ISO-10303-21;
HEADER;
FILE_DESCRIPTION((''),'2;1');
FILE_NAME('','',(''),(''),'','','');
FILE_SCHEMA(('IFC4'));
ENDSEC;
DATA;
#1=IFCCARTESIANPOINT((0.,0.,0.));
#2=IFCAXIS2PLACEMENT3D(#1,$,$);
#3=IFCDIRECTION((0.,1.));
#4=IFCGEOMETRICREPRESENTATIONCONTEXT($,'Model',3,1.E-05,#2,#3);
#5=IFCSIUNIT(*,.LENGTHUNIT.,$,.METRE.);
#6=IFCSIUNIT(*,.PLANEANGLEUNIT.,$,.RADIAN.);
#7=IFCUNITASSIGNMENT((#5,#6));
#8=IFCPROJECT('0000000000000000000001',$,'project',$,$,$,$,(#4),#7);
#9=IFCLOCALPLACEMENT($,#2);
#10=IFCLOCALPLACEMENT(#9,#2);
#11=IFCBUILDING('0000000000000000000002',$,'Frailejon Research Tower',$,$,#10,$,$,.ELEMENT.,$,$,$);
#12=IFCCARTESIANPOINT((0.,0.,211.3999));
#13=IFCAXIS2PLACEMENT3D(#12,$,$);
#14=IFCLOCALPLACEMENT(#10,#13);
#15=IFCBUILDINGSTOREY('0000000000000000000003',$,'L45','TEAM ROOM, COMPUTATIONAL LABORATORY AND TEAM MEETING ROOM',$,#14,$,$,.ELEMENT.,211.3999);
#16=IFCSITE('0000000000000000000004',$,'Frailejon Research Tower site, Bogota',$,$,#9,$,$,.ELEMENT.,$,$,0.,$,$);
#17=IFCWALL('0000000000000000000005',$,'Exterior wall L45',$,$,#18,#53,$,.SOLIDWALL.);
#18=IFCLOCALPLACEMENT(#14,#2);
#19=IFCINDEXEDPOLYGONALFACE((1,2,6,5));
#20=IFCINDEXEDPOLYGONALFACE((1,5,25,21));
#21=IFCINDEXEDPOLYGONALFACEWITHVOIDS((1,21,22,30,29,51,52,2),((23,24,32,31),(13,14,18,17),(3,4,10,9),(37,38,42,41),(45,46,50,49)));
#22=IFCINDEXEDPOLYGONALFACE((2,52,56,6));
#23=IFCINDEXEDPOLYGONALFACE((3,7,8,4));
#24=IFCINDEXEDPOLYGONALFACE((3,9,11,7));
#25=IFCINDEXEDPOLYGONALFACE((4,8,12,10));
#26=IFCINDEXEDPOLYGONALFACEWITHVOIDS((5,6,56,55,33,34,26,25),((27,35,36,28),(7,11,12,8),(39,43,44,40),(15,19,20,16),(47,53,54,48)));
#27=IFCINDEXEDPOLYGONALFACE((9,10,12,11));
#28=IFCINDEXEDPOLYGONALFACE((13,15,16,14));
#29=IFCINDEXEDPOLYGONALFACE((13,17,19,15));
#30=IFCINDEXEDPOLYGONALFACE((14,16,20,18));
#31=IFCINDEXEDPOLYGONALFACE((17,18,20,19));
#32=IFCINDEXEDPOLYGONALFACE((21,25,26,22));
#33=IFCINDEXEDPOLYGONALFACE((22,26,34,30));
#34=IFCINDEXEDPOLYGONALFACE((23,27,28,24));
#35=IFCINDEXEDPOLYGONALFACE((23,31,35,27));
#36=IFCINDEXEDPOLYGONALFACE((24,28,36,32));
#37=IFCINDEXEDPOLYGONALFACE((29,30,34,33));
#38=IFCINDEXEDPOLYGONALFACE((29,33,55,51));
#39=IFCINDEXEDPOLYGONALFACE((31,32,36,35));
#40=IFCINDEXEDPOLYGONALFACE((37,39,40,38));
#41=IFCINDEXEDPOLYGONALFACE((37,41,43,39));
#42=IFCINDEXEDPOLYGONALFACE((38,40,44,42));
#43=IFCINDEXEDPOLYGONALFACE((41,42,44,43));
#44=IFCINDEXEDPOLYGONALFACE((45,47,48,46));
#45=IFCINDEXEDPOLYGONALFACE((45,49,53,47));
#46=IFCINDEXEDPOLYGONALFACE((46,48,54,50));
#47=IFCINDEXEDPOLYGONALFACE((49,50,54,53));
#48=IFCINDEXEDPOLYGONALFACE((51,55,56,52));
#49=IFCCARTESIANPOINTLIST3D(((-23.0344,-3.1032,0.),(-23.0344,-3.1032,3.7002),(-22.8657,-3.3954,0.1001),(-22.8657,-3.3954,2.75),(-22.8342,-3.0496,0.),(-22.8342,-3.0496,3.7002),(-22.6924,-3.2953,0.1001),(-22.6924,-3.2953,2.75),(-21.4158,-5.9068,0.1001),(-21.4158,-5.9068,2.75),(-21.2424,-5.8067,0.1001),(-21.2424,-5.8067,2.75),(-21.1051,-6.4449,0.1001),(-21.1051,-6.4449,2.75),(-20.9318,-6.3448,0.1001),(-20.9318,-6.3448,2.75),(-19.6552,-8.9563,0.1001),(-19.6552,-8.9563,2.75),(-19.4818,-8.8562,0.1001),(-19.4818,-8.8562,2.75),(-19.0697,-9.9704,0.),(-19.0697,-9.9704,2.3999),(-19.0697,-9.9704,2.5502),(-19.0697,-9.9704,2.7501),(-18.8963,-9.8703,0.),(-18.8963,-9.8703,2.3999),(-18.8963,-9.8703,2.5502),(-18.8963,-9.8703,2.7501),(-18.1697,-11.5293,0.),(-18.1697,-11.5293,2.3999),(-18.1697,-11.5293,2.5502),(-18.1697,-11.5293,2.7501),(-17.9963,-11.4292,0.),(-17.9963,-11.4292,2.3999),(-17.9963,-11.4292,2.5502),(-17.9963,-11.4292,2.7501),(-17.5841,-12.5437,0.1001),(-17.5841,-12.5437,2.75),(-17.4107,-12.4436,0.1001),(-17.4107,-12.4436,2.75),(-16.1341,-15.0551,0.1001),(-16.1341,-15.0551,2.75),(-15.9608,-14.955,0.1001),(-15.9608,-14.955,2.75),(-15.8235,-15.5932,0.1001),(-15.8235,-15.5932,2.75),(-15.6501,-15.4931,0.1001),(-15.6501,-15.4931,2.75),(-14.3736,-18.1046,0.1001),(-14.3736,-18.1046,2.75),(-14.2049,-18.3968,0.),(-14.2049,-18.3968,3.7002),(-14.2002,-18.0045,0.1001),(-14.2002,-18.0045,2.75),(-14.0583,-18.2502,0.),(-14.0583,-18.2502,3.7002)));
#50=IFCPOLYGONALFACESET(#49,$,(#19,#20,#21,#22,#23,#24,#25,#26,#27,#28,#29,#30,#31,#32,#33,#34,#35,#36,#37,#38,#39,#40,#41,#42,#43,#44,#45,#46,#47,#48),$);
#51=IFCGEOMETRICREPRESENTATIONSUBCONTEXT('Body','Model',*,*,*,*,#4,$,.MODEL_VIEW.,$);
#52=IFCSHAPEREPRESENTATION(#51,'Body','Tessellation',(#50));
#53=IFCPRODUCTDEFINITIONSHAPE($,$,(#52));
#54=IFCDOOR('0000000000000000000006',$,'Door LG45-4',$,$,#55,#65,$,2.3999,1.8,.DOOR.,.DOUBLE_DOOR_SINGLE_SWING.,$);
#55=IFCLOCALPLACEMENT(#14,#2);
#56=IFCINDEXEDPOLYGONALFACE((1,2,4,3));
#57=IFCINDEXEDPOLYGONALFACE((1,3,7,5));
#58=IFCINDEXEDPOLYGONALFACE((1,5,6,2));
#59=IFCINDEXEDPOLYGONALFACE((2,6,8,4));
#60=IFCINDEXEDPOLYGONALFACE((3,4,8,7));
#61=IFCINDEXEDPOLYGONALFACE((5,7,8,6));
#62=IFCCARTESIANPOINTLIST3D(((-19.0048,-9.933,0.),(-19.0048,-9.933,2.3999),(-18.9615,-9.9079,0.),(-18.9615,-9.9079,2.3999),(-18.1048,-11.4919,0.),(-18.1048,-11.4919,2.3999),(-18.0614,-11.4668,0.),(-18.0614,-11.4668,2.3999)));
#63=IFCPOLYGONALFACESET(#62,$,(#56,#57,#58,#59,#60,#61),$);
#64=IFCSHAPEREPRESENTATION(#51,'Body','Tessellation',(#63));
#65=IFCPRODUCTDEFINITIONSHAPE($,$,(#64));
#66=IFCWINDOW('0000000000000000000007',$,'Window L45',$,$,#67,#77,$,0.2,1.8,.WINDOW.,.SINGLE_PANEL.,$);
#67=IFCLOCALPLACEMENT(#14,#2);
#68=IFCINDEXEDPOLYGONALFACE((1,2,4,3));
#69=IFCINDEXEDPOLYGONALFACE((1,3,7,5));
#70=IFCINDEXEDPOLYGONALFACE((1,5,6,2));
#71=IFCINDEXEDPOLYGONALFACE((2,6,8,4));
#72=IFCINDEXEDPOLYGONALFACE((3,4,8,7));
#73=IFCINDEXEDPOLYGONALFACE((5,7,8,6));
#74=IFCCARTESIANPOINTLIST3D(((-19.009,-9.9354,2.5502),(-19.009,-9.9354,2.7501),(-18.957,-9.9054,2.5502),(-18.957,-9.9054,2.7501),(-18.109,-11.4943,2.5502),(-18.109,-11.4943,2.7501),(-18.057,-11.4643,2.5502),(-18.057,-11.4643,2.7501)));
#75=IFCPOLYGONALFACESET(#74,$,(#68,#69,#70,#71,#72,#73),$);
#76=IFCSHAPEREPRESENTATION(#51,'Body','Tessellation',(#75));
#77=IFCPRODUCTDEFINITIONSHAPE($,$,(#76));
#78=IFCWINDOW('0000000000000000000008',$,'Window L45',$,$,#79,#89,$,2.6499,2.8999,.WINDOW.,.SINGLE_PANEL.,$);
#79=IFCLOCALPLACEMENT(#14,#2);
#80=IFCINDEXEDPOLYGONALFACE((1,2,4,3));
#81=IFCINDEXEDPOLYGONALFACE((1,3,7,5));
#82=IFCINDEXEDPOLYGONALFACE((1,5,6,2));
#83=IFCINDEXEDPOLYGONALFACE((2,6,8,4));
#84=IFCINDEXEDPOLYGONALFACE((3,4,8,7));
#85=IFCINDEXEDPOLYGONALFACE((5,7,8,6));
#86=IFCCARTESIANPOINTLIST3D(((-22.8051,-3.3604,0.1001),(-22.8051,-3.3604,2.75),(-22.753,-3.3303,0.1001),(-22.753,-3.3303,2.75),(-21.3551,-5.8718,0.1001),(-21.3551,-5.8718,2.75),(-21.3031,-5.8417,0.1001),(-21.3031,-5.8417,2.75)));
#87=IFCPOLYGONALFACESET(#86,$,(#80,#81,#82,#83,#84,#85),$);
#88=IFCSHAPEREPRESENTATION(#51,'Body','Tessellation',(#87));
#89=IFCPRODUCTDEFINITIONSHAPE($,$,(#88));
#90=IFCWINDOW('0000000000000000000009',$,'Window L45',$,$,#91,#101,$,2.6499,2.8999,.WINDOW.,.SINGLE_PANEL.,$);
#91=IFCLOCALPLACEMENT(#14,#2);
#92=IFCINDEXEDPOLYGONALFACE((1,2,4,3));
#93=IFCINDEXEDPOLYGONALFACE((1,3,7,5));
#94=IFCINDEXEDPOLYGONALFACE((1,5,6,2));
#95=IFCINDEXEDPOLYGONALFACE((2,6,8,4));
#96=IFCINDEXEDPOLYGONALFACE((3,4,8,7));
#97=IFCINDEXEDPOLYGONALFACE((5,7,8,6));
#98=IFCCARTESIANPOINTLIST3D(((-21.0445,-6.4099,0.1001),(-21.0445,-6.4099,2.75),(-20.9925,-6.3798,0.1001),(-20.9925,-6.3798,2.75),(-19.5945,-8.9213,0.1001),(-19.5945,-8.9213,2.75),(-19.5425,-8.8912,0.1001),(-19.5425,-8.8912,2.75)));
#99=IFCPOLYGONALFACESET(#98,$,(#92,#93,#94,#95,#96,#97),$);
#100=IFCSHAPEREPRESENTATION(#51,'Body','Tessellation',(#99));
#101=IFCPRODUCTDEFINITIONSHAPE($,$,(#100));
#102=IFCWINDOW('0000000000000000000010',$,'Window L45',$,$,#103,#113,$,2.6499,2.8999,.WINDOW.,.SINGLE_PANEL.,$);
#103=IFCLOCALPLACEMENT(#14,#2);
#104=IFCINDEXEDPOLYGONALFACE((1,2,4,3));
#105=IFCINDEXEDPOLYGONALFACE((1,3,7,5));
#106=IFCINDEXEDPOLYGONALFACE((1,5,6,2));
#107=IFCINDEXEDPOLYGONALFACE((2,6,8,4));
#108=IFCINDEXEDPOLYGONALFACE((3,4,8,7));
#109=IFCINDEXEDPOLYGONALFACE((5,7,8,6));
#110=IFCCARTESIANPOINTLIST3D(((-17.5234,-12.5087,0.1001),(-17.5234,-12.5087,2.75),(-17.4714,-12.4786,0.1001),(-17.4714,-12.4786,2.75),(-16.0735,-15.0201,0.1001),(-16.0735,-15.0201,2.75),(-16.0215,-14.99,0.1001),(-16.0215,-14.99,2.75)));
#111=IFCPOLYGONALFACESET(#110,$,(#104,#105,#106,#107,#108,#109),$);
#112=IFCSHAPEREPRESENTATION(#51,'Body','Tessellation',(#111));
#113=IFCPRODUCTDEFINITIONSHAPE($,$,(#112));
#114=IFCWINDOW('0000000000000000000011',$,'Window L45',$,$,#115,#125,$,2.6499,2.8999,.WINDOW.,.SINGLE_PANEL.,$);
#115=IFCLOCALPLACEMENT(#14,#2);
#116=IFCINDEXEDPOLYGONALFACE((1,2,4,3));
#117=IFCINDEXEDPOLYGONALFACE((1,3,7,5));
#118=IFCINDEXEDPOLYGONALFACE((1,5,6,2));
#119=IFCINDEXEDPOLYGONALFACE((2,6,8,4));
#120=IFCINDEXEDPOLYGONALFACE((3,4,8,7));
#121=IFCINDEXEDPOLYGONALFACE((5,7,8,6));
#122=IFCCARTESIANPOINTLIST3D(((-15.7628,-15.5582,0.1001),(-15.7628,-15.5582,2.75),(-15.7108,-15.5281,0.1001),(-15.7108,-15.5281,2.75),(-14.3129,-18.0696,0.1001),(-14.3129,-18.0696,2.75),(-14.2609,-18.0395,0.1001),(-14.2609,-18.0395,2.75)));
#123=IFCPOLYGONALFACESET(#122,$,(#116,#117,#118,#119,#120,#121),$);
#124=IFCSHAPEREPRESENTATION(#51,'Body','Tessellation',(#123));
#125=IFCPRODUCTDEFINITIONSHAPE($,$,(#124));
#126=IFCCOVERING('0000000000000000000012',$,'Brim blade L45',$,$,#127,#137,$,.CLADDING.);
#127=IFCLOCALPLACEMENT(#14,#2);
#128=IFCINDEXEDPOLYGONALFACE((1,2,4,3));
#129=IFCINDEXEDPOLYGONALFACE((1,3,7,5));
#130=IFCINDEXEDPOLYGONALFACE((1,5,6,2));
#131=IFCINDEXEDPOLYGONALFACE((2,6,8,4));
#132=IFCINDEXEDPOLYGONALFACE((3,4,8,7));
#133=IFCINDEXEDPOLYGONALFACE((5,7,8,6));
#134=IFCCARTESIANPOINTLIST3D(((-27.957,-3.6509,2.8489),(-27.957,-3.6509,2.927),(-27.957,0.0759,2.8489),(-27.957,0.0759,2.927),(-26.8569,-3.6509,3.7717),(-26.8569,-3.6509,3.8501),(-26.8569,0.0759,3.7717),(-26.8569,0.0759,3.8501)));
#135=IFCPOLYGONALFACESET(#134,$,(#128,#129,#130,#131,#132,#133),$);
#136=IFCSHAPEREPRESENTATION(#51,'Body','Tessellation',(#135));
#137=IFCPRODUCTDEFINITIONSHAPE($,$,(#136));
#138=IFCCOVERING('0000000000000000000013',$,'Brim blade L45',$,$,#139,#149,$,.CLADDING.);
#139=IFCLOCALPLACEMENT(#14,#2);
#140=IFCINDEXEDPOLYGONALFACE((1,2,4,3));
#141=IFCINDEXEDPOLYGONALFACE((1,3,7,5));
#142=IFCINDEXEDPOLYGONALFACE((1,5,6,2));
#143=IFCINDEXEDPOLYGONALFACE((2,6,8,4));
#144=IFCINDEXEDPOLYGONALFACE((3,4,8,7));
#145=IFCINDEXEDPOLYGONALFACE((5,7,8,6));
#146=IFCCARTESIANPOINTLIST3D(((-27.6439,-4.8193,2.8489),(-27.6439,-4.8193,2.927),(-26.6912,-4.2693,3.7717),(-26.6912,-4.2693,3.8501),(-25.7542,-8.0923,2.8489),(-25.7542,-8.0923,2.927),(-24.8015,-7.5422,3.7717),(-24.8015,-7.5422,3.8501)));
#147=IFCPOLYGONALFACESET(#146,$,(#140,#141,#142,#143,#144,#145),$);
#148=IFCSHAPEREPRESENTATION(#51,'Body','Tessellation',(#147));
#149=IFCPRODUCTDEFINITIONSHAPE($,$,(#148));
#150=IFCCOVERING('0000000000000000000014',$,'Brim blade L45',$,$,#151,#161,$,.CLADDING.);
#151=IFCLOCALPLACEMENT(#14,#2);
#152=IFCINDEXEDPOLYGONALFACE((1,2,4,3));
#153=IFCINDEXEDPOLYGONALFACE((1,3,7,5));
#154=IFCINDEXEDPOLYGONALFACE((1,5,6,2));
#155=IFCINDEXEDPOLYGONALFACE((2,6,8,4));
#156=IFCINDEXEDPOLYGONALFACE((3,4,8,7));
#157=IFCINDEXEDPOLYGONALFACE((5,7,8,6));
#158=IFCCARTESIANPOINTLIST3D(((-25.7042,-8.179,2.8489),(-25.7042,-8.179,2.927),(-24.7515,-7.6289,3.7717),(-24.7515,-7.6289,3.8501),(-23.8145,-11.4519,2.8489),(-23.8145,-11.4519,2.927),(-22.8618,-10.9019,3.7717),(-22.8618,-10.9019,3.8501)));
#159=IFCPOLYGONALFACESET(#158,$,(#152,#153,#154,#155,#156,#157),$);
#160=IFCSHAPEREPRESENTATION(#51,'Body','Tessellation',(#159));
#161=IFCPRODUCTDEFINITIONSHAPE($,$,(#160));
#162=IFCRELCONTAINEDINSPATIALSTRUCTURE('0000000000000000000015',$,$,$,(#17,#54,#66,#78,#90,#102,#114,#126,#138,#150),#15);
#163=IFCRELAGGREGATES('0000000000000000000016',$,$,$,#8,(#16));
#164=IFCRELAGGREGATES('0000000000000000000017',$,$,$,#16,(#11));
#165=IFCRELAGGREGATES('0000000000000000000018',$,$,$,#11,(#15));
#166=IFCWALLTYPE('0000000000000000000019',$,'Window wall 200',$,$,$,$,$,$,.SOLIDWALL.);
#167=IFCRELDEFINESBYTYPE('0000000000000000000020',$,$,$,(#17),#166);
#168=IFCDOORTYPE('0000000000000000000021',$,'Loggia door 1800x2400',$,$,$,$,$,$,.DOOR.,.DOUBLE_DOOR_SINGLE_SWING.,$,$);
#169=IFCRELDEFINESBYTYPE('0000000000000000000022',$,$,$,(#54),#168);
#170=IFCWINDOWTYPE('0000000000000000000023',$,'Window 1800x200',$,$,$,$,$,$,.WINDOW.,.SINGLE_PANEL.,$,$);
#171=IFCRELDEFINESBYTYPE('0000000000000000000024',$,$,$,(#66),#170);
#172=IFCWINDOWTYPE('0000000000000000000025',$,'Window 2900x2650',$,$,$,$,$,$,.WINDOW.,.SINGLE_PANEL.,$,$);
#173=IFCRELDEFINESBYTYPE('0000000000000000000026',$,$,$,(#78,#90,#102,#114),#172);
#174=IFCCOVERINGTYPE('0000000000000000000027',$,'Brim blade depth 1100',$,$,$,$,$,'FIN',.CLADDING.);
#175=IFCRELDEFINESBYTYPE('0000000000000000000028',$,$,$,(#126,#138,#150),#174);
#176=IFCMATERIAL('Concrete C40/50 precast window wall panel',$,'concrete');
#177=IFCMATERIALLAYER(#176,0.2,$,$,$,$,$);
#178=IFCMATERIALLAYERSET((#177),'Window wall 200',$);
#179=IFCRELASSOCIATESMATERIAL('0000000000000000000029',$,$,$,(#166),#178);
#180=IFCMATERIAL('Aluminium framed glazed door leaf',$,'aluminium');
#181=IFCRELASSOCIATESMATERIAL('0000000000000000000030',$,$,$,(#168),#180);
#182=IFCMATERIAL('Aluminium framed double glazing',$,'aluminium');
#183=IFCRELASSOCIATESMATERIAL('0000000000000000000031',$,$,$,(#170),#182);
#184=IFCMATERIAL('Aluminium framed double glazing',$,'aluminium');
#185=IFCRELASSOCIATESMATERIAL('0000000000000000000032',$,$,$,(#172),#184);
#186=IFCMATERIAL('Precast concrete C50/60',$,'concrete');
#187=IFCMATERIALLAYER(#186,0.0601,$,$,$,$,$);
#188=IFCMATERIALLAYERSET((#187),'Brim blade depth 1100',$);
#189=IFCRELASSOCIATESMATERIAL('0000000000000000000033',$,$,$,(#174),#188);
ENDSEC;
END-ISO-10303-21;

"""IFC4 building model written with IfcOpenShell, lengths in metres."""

from ifc_helpers import new_model, si_unit, direction, frame, frame_2d, origin, place, context, subcontext, project, spatial, polyline, rectangle, outline, extrude, material, layer, layer_set, type_object, element, fill, save


model = new_model("IFC4")

# Units and contexts
model_context = context("Model", 3, precision=1e-05, world=origin(), true_north=direction((0.0, 1.0)))
body_context = subcontext(model_context, "Body", "Model", "MODEL_VIEW")
ifc_project = project(units=[si_unit("LENGTHUNIT", "METRE"), si_unit("PLANEANGLEUNIT", "RADIAN")], contexts=[model_context])

# Site, building, storey
site_placement = place(None, origin())
site = spatial("IfcSite", under=ifc_project, at=site_placement, Name="Frailejon Research Tower site, Bogota", CompositionType="ELEMENT", RefElevation=0.0)
building_placement = place(site_placement, origin())
building = spatial("IfcBuilding", under=site, at=building_placement, Name="Frailejon Research Tower", CompositionType="ELEMENT")
storey_placement = place(building_placement, frame((0.0, 0.0, 211.3999)))
storey = spatial("IfcBuildingStorey", under=building, at=storey_placement, Name="L45", Description="TEAM ROOM, COMPUTATIONAL LABORATORY AND TEAM MEETING ROOM", CompositionType="ELEMENT", Elevation=211.3999)

# Wall, openings, door, windows
ifc_material_1 = material(Name="Concrete C40/50 precast window wall panel", Category="concrete")
ifc_layer_1 = layer(ifc_material_1, 0.2)
ifc_layer_set_1 = layer_set([ifc_layer_1], Name="Window wall 200")
wall_type = type_object("IfcWallType", Name="Window wall 200", PredefinedType="SOLIDWALL", material=ifc_layer_set_1)
wall_placement = place(storey_placement, frame((-22.9343, -3.0764, 0.0), z_axis=(0.0, 0.0, 1.0), x_axis=(0.499993, -0.866029, 0.0)))
wall = element("IfcWall", 1, at=wall_placement, inside=storey, type_object=wall_type, Name="Exterior wall L45", PredefinedType="SOLIDWALL", context=body_context, shape_type="SweptSolid", body=[
    extrude(outline(polyline([(-0.0269, -0.1001), (1.012, -0.1001), (2.0508, -0.1001), (3.0896, -0.1001), (4.1284, -0.1001), (5.167, -0.1001), (6.2058, -0.1001), (7.2446, -0.1001), (8.2834, -0.1001), (9.3223, -0.1001), (10.3611, -0.1001), (11.3999, -0.1001), (12.4387, -0.1001), (13.4773, -0.1001), (14.5161, -0.1001), (15.5549, -0.1001), (16.5938, -0.1001), (17.6326, -0.1001), (17.5789, 0.1001), (16.5464, 0.1001), (15.5139, 0.1001), (14.4814, 0.1001), (13.449, 0.1001), (12.4165, 0.1001), (11.384, 0.1001), (10.3516, 0.1001), (9.3191, 0.1001), (8.2866, 0.1001), (7.2542, 0.1001), (6.2217, 0.1001), (5.1892, 0.1001), (4.1567, 0.1001), (3.1243, 0.1001), (2.0918, 0.1001), (1.0593, 0.1001), (0.0269, 0.1001), (-0.0269, -0.1001)])), origin(), (0.0, 0.0, 1.0), 3.7002),
])
opening_1_placement = place(wall_placement, frame((0.3105, 0.0, 0.1001)))
opening_1 = element("IfcOpeningElement", 2, at=opening_1_placement, cuts=wall, PredefinedType="OPENING", context=body_context, shape_type="SweptSolid", body=[
    extrude(rectangle(XDim=2.8999, YDim=2.6499, at=frame_2d((1.45, 1.325))), frame((0.0, 0.1099, 0.0), z_axis=(0.0, -1.0, 0.0), x_axis=(1.0, 0.0, 0.0)), (0.0, 0.0, 1.0), 0.22),
])
opening_2_placement = place(wall_placement, frame((3.8318, 0.0, 0.1001)))
opening_2 = element("IfcOpeningElement", 3, at=opening_2_placement, cuts=wall, PredefinedType="OPENING", context=body_context, shape_type="SweptSolid", body=[
    extrude(rectangle(XDim=2.8999, YDim=2.6499, at=frame_2d((1.45, 1.325))), frame((0.0, 0.1099, 0.0), z_axis=(0.0, -1.0, 0.0), x_axis=(1.0, 0.0, 0.0)), (0.0, 0.0, 1.0), 0.22),
])
opening_3_placement = place(wall_placement, frame((7.9028, 0.0, 0.0)))
opening_3 = element("IfcOpeningElement", 4, at=opening_3_placement, cuts=wall, PredefinedType="OPENING", context=body_context, shape_type="SweptSolid", body=[
    extrude(rectangle(XDim=1.8, YDim=2.3999, at=frame_2d((0.8999, 1.2))), frame((0.0, 0.1099, 0.0), z_axis=(0.0, -1.0, 0.0), x_axis=(1.0, 0.0, 0.0)), (0.0, 0.0, 1.0), 0.22),
])
opening_4_placement = place(wall_placement, frame((7.9028, 0.0, 2.55)))
opening_4 = element("IfcOpeningElement", 5, at=opening_4_placement, cuts=wall, PredefinedType="OPENING", context=body_context, shape_type="SweptSolid", body=[
    extrude(rectangle(XDim=1.8, YDim=0.2, at=frame_2d((0.8999, 0.1001))), frame((0.0, 0.1099, 0.0), z_axis=(0.0, -1.0, 0.0), x_axis=(1.0, 0.0, 0.0)), (0.0, 0.0, 1.0), 0.22),
])
opening_5_placement = place(wall_placement, frame((10.874, 0.0, 0.1001)))
opening_5 = element("IfcOpeningElement", 6, at=opening_5_placement, cuts=wall, PredefinedType="OPENING", context=body_context, shape_type="SweptSolid", body=[
    extrude(rectangle(XDim=2.8999, YDim=2.6499, at=frame_2d((1.45, 1.325))), frame((0.0, 0.1099, 0.0), z_axis=(0.0, -1.0, 0.0), x_axis=(1.0, 0.0, 0.0)), (0.0, 0.0, 1.0), 0.22),
])
opening_6_placement = place(wall_placement, frame((14.3953, 0.0, 0.1001)))
opening_6 = element("IfcOpeningElement", 7, at=opening_6_placement, cuts=wall, PredefinedType="OPENING", context=body_context, shape_type="SweptSolid", body=[
    extrude(rectangle(XDim=2.8999, YDim=2.6499, at=frame_2d((1.45, 1.325))), frame((0.0, 0.1099, 0.0), z_axis=(0.0, -1.0, 0.0), x_axis=(1.0, 0.0, 0.0)), (0.0, 0.0, 1.0), 0.22),
])
ifc_material_2 = material(Name="Aluminium framed glazed door leaf", Category="aluminium")
door_type = type_object("IfcDoorType", Name="Loggia door 1800x2400", OperationType="DOUBLE_DOOR_SINGLE_SWING", PredefinedType="DOOR", material=ifc_material_2)
door_placement = place(opening_3_placement, origin())
door = element("IfcDoor", 8, at=door_placement, inside=storey, type_object=door_type, Name="Door LG45-4", OperationType="DOUBLE_DOOR_SINGLE_SWING", OverallHeight=2.3999, OverallWidth=1.8, PredefinedType="DOOR", context=body_context, shape_type="SweptSolid", body=[
    extrude(rectangle(XDim=1.8, YDim=2.3999, at=frame_2d((0.8999, 1.2))), frame((0.0, 0.0249, 0.0), z_axis=(0.0, -1.0, 0.0), x_axis=(1.0, 0.0, 0.0)), (0.0, 0.0, 1.0), 0.05),
])
fill(opening_3, door)
ifc_material_3 = material(Name="Aluminium framed double glazing", Category="aluminium")
window_type_1 = type_object("IfcWindowType", Name="Window 1800x200", PartitioningType="SINGLE_PANEL", PredefinedType="WINDOW", material=ifc_material_3)
window_1_placement = place(opening_4_placement, origin())
window_1 = element("IfcWindow", 9, at=window_1_placement, inside=storey, type_object=window_type_1, Name="Window L45", OverallHeight=0.2, OverallWidth=1.8, PartitioningType="SINGLE_PANEL", PredefinedType="WINDOW", context=body_context, shape_type="SweptSolid", body=[
    extrude(rectangle(XDim=1.8, YDim=0.2, at=frame_2d((0.8999, 0.1001))), frame((0.0, 0.03, 0.0), z_axis=(0.0, -1.0, 0.0), x_axis=(1.0, 0.0, 0.0)), (0.0, 0.0, 1.0), 0.0601),
])
fill(opening_4, window_1)
ifc_material_4 = material(Name="Aluminium framed double glazing", Category="aluminium")
window_type_2 = type_object("IfcWindowType", Name="Window 2900x2650", PartitioningType="SINGLE_PANEL", PredefinedType="WINDOW", material=ifc_material_4)
window_2_placement = place(opening_1_placement, origin())
window_2 = element("IfcWindow", 10, at=window_2_placement, inside=storey, type_object=window_type_2, Name="Window L45", OverallHeight=2.6499, OverallWidth=2.8999, PartitioningType="SINGLE_PANEL", PredefinedType="WINDOW", context=body_context, shape_type="SweptSolid", body=[
    extrude(rectangle(XDim=2.8999, YDim=2.6499, at=frame_2d((1.45, 1.325))), frame((0.0, 0.03, 0.0), z_axis=(0.0, -1.0, 0.0), x_axis=(1.0, 0.0, 0.0)), (0.0, 0.0, 1.0), 0.0601),
])
fill(opening_1, window_2)
window_3_placement = place(opening_2_placement, origin())
window_3 = element("IfcWindow", 11, at=window_3_placement, inside=storey, type_object=window_type_2, Name="Window L45", OverallHeight=2.6499, OverallWidth=2.8999, PartitioningType="SINGLE_PANEL", PredefinedType="WINDOW", context=body_context, shape_type="SweptSolid", body=[
    extrude(rectangle(XDim=2.8999, YDim=2.6499, at=frame_2d((1.45, 1.325))), frame((0.0, 0.03, 0.0), z_axis=(0.0, -1.0, 0.0), x_axis=(1.0, 0.0, 0.0)), (0.0, 0.0, 1.0), 0.0601),
])
fill(opening_2, window_3)
window_4_placement = place(opening_5_placement, origin())
window_4 = element("IfcWindow", 12, at=window_4_placement, inside=storey, type_object=window_type_2, Name="Window L45", OverallHeight=2.6499, OverallWidth=2.8999, PartitioningType="SINGLE_PANEL", PredefinedType="WINDOW", context=body_context, shape_type="SweptSolid", body=[
    extrude(rectangle(XDim=2.8999, YDim=2.6499, at=frame_2d((1.45, 1.325))), frame((0.0, 0.03, 0.0), z_axis=(0.0, -1.0, 0.0), x_axis=(1.0, 0.0, 0.0)), (0.0, 0.0, 1.0), 0.0601),
])
fill(opening_5, window_4)
window_5_placement = place(opening_6_placement, origin())
window_5 = element("IfcWindow", 13, at=window_5_placement, inside=storey, type_object=window_type_2, Name="Window L45", OverallHeight=2.6499, OverallWidth=2.8999, PartitioningType="SINGLE_PANEL", PredefinedType="WINDOW", context=body_context, shape_type="SweptSolid", body=[
    extrude(rectangle(XDim=2.8999, YDim=2.6499, at=frame_2d((1.45, 1.325))), frame((0.0, 0.03, 0.0), z_axis=(0.0, -1.0, 0.0), x_axis=(1.0, 0.0, 0.0)), (0.0, 0.0, 1.0), 0.0601),
])
fill(opening_6, window_5)

# Coverings
ifc_material_5 = material(Name="Precast concrete C50/60", Category="concrete")
ifc_layer_2 = layer(ifc_material_5, 0.0601)
ifc_layer_set_2 = layer_set([ifc_layer_2], Name="Brim blade depth 1100")
covering_type = type_object("IfcCoveringType", Name="Brim blade depth 1100", ElementType="FIN", PredefinedType="CLADDING", material=ifc_layer_set_2)
covering_placement = place(storey_placement, frame((-26.8569, -3.6509, 3.8501), z_axis=(0.0, 1.0, 0.0), x_axis=(-1.0, 0.0, 0.0)))
element("IfcCovering", 14, at=covering_placement, inside=storey, type_object=covering_type, Name="Brim blade L45", PredefinedType="CLADDING", context=body_context, shape_type="SweptSolid", body=[
    extrude(outline(polyline([(0.0, -0.0784), (1.1001, -1.0012), (1.1001, -0.9231), (0.0, 0.0), (0.0, -0.0784)])), origin(), (0.0, 0.0, 1.0), 3.7268),
])
for number, where, z_axis, x_axis, name in (
    (15, (-24.8015, -7.5422, 3.8501), (-0.500007, 0.866022, 0.0), (-0.866022, -0.500007, 0.0), "Brim blade L45"),
    (16, (-22.8618, -10.9019, 3.8501), (-0.500007, 0.866022, 0.0), (-0.866022, -0.500007, 0.0), "Brim blade L45"),
):
    element("IfcCovering", number, at=place(storey_placement, frame(where, z_axis=z_axis, x_axis=x_axis)), inside=storey, type_object=covering_type, Name=name, PredefinedType="CLADDING", context=body_context, shape_type="SweptSolid", body=[
        extrude(outline(polyline([(0.0, -0.0784), (1.1001, -1.0012), (1.1001, -0.9231), (0.0, 0.0), (0.0, -0.0784)])), origin(), (0.0, 0.0, 1.0), 3.7793),
    ])

save(model, "model.ifc")
